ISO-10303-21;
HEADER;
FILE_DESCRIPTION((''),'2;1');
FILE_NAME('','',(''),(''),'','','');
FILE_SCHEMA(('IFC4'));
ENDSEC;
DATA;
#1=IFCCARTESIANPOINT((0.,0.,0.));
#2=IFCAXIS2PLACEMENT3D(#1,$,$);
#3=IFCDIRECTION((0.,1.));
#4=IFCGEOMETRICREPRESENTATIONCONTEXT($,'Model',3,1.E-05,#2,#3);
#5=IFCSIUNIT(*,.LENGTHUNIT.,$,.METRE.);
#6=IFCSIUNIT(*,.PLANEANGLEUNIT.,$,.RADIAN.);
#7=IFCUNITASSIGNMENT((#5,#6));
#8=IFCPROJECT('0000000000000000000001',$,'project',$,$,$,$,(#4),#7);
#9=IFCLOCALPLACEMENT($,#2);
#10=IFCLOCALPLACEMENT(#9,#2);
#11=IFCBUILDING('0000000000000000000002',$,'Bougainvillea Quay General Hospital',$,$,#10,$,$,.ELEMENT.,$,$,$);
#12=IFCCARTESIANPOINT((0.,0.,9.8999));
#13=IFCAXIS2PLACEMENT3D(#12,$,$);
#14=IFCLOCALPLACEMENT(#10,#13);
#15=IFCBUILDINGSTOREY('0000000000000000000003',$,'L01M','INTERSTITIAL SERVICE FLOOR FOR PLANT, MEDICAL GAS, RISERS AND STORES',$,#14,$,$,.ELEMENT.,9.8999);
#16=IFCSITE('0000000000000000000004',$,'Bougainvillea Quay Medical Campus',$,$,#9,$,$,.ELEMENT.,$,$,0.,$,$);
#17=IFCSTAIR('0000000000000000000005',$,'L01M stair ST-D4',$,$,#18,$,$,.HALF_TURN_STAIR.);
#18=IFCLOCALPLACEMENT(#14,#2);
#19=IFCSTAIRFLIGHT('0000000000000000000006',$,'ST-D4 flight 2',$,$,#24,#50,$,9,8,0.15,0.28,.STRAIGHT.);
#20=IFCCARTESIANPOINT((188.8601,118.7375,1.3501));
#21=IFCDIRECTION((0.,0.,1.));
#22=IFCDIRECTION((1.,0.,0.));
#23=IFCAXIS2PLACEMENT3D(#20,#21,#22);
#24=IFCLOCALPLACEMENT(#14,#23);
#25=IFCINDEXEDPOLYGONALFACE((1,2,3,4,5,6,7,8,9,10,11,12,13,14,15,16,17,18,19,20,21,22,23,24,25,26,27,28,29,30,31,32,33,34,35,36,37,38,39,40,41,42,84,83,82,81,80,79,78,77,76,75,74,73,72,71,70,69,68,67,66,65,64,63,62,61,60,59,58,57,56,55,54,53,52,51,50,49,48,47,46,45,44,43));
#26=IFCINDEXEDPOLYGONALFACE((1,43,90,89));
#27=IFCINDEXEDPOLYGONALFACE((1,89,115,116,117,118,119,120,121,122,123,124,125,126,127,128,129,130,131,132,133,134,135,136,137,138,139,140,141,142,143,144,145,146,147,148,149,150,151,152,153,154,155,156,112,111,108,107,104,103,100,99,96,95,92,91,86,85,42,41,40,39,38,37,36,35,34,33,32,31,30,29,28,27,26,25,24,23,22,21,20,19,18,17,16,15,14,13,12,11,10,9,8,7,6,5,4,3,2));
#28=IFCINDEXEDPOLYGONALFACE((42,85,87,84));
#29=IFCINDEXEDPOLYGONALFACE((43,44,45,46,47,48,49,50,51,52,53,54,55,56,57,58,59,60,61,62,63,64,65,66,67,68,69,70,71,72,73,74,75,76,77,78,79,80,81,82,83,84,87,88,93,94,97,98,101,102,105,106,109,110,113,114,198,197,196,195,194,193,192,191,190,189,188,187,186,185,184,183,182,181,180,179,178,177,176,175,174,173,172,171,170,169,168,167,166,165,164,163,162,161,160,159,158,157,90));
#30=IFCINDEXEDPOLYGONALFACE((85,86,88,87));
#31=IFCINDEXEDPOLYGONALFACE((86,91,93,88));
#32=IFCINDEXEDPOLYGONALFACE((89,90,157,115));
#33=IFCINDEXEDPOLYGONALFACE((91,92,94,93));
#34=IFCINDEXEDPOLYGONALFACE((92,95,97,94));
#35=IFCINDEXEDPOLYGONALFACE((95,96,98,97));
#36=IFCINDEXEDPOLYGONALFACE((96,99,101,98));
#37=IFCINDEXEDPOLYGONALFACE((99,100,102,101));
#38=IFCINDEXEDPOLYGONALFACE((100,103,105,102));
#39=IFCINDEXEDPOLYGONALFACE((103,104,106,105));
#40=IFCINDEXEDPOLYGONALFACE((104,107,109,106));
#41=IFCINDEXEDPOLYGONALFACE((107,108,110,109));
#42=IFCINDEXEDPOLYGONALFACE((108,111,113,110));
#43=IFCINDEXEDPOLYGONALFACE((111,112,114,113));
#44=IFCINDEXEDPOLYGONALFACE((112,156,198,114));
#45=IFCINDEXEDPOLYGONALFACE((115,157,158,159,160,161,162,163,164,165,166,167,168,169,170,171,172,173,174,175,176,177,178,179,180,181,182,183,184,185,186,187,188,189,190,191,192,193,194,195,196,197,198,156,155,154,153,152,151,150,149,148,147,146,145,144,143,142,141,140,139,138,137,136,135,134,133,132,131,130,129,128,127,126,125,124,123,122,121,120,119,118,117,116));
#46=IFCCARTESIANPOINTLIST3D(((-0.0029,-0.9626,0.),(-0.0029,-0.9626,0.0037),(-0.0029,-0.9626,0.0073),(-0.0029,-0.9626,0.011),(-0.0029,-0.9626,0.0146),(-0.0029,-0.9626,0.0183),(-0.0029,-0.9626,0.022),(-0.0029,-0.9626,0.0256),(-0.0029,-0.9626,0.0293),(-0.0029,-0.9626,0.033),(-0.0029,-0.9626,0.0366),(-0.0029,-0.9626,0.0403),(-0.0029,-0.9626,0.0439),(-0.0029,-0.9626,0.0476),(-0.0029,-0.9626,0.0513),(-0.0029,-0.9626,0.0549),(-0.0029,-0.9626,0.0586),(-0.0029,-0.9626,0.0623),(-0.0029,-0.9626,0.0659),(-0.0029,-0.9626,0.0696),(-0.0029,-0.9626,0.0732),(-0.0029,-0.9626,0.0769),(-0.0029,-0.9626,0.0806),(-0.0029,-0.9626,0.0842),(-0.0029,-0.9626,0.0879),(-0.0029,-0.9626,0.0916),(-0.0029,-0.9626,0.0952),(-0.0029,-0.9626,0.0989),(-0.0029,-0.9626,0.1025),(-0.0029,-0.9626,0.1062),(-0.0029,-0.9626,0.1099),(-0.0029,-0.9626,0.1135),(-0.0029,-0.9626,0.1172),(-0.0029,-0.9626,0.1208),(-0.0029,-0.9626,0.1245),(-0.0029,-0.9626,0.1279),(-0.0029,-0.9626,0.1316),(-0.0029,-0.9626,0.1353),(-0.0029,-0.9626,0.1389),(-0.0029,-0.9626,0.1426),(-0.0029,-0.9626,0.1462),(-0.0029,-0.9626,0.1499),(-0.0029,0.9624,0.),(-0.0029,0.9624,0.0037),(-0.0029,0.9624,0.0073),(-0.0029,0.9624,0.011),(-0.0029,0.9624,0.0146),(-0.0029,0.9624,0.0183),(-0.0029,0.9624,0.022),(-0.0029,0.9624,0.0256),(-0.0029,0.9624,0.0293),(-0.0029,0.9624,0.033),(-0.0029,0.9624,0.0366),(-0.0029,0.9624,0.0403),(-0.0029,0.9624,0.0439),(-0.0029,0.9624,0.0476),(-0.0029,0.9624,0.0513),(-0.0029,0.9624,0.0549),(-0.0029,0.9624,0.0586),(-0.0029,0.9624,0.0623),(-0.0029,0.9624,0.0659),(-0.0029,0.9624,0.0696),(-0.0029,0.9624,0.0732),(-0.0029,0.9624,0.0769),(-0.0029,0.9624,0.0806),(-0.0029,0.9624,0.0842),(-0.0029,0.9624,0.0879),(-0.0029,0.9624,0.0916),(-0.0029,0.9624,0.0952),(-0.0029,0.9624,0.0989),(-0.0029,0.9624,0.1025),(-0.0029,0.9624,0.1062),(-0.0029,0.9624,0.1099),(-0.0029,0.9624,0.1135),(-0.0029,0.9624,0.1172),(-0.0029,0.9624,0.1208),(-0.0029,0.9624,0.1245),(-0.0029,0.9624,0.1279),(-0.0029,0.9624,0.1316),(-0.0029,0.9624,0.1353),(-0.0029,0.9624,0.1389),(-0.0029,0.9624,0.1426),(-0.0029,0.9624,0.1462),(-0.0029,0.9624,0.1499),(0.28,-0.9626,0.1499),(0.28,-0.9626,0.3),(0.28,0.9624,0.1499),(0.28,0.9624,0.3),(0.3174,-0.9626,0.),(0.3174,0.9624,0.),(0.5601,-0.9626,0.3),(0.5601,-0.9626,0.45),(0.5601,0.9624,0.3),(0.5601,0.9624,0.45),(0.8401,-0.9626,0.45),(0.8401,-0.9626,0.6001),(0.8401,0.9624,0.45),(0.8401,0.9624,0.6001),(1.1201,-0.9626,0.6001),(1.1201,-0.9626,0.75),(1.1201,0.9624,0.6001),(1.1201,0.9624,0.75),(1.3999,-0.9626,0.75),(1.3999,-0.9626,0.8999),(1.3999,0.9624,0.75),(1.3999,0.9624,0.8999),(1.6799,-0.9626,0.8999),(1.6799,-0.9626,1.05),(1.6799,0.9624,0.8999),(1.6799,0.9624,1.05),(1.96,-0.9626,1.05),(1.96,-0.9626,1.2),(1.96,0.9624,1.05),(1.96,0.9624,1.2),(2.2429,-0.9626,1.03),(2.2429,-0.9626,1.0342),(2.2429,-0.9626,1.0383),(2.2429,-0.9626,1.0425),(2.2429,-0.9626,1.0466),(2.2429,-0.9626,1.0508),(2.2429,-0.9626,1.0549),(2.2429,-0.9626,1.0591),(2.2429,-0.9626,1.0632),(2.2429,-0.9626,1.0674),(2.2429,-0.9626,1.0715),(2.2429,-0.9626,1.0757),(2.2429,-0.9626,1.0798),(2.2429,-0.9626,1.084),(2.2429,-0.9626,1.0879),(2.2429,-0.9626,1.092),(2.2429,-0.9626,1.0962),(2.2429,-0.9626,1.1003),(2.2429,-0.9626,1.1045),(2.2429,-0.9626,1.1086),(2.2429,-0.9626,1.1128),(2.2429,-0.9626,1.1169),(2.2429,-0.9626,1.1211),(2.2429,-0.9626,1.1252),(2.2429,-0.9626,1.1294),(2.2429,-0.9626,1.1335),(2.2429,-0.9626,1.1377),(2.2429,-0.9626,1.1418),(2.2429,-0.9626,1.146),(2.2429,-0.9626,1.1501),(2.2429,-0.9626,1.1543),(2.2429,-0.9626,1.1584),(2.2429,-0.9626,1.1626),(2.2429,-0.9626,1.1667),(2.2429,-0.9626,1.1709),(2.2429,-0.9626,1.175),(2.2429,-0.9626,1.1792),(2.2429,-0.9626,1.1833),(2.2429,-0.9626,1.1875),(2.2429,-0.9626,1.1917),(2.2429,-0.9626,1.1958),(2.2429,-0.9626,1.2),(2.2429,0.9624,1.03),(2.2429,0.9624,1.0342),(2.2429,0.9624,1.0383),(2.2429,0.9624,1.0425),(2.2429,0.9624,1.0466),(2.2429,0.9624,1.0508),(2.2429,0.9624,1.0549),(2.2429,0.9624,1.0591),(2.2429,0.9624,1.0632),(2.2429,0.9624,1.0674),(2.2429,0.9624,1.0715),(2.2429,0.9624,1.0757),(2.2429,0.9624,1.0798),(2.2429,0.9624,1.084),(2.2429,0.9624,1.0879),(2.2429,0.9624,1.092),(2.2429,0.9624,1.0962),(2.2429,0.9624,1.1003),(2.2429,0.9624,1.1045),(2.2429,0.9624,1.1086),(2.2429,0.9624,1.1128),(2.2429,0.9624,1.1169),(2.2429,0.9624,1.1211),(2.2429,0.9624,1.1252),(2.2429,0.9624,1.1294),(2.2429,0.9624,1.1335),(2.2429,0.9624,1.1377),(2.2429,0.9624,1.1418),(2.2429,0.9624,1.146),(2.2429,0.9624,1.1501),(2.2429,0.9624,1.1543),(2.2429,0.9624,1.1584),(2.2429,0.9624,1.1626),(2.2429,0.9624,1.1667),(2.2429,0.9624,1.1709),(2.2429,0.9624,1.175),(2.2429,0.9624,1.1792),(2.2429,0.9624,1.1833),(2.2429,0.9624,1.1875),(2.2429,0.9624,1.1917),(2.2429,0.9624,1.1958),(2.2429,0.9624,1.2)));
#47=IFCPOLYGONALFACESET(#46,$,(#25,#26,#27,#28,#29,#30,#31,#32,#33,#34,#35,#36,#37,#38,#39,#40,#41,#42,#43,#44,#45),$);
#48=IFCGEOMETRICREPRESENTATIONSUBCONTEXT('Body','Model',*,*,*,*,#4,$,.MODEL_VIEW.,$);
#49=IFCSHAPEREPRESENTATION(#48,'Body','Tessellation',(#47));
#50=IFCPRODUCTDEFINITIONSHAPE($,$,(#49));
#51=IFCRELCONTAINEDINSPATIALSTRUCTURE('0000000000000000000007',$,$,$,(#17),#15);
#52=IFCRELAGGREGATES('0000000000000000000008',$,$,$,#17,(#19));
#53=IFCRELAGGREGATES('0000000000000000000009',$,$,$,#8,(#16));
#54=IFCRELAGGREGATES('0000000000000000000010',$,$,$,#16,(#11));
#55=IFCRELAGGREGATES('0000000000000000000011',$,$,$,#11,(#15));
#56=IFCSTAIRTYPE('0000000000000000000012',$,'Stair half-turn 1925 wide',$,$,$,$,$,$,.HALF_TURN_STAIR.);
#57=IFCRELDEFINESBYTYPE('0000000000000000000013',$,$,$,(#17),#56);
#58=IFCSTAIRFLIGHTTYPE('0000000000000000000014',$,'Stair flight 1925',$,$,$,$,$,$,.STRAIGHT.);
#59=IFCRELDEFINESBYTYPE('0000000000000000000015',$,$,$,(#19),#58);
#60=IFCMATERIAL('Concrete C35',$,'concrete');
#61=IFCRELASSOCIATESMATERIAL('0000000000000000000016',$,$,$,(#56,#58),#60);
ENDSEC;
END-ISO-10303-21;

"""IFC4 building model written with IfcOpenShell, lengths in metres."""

from ifc_helpers import new_model, si_unit, direction, frame, origin, place, context, subcontext, project, spatial, polyline, outline, extrude, material, type_object, element, aggregate, save


model = new_model("IFC4")

# Units and contexts
model_context = context("Model", 3, precision=1e-05, world=origin(), true_north=direction((0.0, 1.0)))
body_context = subcontext(model_context, "Body", "Model", "MODEL_VIEW")
ifc_project = project(units=[si_unit("LENGTHUNIT", "METRE"), si_unit("PLANEANGLEUNIT", "RADIAN")], contexts=[model_context])

# Site, building, storey
site_placement = place(None, origin())
site = spatial("IfcSite", under=ifc_project, at=site_placement, Name="Bougainvillea Quay Medical Campus", CompositionType="ELEMENT", RefElevation=0.0)
building_placement = place(site_placement, origin())
building = spatial("IfcBuilding", under=site, at=building_placement, Name="Bougainvillea Quay General Hospital", CompositionType="ELEMENT")
storey_placement = place(building_placement, frame((0.0, 0.0, 9.8999)))
storey = spatial("IfcBuildingStorey", under=building, at=storey_placement, Name="L01M", Description="INTERSTITIAL SERVICE FLOOR FOR PLANT, MEDICAL GAS, RISERS AND STORES", CompositionType="ELEMENT", Elevation=9.8999)

# Stair, stair flight
ifc_material_1 = material(Name="Concrete C35", Category="concrete")
stair_type = type_object("IfcStairType", Name="Stair half-turn 1925 wide", PredefinedType="HALF_TURN_STAIR", material=ifc_material_1)
stair_placement = place(storey_placement, origin())
stair = element("IfcStair", 1, at=stair_placement, inside=storey, type_object=stair_type, Name="L01M stair ST-D4", PredefinedType="HALF_TURN_STAIR")
stair_flight_type = type_object("IfcStairFlightType", Name="Stair flight 1925", PredefinedType="STRAIGHT", material=ifc_material_1)
stair_flight_placement = place(storey_placement, frame((188.8601, 118.7375, 1.3501), z_axis=(0.0, 0.0, 1.0), x_axis=(1.0, 0.0, 0.0)))
stair_flight = element("IfcStairFlight", 2, at=stair_flight_placement, type_object=stair_flight_type, Name="ST-D4 flight 2", NumberOfRisers=9, NumberOfTreads=8, PredefinedType="STRAIGHT", RiserHeight=0.15, TreadLength=0.28, context=body_context, shape_type="SweptSolid", body=[
    extrude(outline(polyline([(-0.0029, 0.0), (-0.0029, 0.0037), (-0.0029, 0.0073), (-0.0029, 0.011), (-0.0029, 0.0146), (-0.0029, 0.0183), (-0.0029, 0.022), (-0.0029, 0.0256), (-0.0029, 0.0293), (-0.0029, 0.033), (-0.0029, 0.0366), (-0.0029, 0.0403), (-0.0029, 0.0439), (-0.0029, 0.0476), (-0.0029, 0.0513), (-0.0029, 0.0549), (-0.0029, 0.0586), (-0.0029, 0.0623), (-0.0029, 0.0659), (-0.0029, 0.0696), (-0.0029, 0.0732), (-0.0029, 0.0769), (-0.0029, 0.0806), (-0.0029, 0.0842), (-0.0029, 0.0879), (-0.0029, 0.0916), (-0.0029, 0.0952), (-0.0029, 0.0989), (-0.0029, 0.1025), (-0.0029, 0.1062), (-0.0029, 0.1099), (-0.0029, 0.1135), (-0.0029, 0.1172), (-0.0029, 0.1208), (-0.0029, 0.1245), (-0.0029, 0.1279), (-0.0029, 0.1316), (-0.0029, 0.1353), (-0.0029, 0.1389), (-0.0029, 0.1426), (-0.0029, 0.1462), (-0.0029, 0.1499), (0.28, 0.1499), (0.28, 0.3), (0.5601, 0.3), (0.5601, 0.45), (0.8401, 0.45), (0.8401, 0.6001), (1.1201, 0.6001), (1.1201, 0.75), (1.3999, 0.75), (1.3999, 0.8999), (1.6799, 0.8999), (1.6799, 1.05), (1.96, 1.05), (1.96, 1.2), (2.2429, 1.2), (2.2429, 1.1958), (2.2429, 1.1917), (2.2429, 1.1875), (2.2429, 1.1833), (2.2429, 1.1792), (2.2429, 1.175), (2.2429, 1.1709), (2.2429, 1.1667), (2.2429, 1.1626), (2.2429, 1.1584), (2.2429, 1.1543), (2.2429, 1.1501), (2.2429, 1.146), (2.2429, 1.1418), (2.2429, 1.1377), (2.2429, 1.1335), (2.2429, 1.1294), (2.2429, 1.1252), (2.2429, 1.1211), (2.2429, 1.1169), (2.2429, 1.1128), (2.2429, 1.1086), (2.2429, 1.1045), (2.2429, 1.1003), (2.2429, 1.0962), (2.2429, 1.092), (2.2429, 1.0879), (2.2429, 1.084), (2.2429, 1.0798), (2.2429, 1.0757), (2.2429, 1.0715), (2.2429, 1.0674), (2.2429, 1.0632), (2.2429, 1.0591), (2.2429, 1.0549), (2.2429, 1.0508), (2.2429, 1.0466), (2.2429, 1.0425), (2.2429, 1.0383), (2.2429, 1.0342), (2.2429, 1.03), (0.3174, 0.0), (-0.0029, 0.0)])), frame((0.0, 0.9624, 0.0), z_axis=(0.0, -1.0, 0.0), x_axis=(1.0, 0.0, 0.0)), (0.0, 0.0, 1.0), 1.925),
])
aggregate(stair, [stair_flight])

save(model, "model.ifc")
